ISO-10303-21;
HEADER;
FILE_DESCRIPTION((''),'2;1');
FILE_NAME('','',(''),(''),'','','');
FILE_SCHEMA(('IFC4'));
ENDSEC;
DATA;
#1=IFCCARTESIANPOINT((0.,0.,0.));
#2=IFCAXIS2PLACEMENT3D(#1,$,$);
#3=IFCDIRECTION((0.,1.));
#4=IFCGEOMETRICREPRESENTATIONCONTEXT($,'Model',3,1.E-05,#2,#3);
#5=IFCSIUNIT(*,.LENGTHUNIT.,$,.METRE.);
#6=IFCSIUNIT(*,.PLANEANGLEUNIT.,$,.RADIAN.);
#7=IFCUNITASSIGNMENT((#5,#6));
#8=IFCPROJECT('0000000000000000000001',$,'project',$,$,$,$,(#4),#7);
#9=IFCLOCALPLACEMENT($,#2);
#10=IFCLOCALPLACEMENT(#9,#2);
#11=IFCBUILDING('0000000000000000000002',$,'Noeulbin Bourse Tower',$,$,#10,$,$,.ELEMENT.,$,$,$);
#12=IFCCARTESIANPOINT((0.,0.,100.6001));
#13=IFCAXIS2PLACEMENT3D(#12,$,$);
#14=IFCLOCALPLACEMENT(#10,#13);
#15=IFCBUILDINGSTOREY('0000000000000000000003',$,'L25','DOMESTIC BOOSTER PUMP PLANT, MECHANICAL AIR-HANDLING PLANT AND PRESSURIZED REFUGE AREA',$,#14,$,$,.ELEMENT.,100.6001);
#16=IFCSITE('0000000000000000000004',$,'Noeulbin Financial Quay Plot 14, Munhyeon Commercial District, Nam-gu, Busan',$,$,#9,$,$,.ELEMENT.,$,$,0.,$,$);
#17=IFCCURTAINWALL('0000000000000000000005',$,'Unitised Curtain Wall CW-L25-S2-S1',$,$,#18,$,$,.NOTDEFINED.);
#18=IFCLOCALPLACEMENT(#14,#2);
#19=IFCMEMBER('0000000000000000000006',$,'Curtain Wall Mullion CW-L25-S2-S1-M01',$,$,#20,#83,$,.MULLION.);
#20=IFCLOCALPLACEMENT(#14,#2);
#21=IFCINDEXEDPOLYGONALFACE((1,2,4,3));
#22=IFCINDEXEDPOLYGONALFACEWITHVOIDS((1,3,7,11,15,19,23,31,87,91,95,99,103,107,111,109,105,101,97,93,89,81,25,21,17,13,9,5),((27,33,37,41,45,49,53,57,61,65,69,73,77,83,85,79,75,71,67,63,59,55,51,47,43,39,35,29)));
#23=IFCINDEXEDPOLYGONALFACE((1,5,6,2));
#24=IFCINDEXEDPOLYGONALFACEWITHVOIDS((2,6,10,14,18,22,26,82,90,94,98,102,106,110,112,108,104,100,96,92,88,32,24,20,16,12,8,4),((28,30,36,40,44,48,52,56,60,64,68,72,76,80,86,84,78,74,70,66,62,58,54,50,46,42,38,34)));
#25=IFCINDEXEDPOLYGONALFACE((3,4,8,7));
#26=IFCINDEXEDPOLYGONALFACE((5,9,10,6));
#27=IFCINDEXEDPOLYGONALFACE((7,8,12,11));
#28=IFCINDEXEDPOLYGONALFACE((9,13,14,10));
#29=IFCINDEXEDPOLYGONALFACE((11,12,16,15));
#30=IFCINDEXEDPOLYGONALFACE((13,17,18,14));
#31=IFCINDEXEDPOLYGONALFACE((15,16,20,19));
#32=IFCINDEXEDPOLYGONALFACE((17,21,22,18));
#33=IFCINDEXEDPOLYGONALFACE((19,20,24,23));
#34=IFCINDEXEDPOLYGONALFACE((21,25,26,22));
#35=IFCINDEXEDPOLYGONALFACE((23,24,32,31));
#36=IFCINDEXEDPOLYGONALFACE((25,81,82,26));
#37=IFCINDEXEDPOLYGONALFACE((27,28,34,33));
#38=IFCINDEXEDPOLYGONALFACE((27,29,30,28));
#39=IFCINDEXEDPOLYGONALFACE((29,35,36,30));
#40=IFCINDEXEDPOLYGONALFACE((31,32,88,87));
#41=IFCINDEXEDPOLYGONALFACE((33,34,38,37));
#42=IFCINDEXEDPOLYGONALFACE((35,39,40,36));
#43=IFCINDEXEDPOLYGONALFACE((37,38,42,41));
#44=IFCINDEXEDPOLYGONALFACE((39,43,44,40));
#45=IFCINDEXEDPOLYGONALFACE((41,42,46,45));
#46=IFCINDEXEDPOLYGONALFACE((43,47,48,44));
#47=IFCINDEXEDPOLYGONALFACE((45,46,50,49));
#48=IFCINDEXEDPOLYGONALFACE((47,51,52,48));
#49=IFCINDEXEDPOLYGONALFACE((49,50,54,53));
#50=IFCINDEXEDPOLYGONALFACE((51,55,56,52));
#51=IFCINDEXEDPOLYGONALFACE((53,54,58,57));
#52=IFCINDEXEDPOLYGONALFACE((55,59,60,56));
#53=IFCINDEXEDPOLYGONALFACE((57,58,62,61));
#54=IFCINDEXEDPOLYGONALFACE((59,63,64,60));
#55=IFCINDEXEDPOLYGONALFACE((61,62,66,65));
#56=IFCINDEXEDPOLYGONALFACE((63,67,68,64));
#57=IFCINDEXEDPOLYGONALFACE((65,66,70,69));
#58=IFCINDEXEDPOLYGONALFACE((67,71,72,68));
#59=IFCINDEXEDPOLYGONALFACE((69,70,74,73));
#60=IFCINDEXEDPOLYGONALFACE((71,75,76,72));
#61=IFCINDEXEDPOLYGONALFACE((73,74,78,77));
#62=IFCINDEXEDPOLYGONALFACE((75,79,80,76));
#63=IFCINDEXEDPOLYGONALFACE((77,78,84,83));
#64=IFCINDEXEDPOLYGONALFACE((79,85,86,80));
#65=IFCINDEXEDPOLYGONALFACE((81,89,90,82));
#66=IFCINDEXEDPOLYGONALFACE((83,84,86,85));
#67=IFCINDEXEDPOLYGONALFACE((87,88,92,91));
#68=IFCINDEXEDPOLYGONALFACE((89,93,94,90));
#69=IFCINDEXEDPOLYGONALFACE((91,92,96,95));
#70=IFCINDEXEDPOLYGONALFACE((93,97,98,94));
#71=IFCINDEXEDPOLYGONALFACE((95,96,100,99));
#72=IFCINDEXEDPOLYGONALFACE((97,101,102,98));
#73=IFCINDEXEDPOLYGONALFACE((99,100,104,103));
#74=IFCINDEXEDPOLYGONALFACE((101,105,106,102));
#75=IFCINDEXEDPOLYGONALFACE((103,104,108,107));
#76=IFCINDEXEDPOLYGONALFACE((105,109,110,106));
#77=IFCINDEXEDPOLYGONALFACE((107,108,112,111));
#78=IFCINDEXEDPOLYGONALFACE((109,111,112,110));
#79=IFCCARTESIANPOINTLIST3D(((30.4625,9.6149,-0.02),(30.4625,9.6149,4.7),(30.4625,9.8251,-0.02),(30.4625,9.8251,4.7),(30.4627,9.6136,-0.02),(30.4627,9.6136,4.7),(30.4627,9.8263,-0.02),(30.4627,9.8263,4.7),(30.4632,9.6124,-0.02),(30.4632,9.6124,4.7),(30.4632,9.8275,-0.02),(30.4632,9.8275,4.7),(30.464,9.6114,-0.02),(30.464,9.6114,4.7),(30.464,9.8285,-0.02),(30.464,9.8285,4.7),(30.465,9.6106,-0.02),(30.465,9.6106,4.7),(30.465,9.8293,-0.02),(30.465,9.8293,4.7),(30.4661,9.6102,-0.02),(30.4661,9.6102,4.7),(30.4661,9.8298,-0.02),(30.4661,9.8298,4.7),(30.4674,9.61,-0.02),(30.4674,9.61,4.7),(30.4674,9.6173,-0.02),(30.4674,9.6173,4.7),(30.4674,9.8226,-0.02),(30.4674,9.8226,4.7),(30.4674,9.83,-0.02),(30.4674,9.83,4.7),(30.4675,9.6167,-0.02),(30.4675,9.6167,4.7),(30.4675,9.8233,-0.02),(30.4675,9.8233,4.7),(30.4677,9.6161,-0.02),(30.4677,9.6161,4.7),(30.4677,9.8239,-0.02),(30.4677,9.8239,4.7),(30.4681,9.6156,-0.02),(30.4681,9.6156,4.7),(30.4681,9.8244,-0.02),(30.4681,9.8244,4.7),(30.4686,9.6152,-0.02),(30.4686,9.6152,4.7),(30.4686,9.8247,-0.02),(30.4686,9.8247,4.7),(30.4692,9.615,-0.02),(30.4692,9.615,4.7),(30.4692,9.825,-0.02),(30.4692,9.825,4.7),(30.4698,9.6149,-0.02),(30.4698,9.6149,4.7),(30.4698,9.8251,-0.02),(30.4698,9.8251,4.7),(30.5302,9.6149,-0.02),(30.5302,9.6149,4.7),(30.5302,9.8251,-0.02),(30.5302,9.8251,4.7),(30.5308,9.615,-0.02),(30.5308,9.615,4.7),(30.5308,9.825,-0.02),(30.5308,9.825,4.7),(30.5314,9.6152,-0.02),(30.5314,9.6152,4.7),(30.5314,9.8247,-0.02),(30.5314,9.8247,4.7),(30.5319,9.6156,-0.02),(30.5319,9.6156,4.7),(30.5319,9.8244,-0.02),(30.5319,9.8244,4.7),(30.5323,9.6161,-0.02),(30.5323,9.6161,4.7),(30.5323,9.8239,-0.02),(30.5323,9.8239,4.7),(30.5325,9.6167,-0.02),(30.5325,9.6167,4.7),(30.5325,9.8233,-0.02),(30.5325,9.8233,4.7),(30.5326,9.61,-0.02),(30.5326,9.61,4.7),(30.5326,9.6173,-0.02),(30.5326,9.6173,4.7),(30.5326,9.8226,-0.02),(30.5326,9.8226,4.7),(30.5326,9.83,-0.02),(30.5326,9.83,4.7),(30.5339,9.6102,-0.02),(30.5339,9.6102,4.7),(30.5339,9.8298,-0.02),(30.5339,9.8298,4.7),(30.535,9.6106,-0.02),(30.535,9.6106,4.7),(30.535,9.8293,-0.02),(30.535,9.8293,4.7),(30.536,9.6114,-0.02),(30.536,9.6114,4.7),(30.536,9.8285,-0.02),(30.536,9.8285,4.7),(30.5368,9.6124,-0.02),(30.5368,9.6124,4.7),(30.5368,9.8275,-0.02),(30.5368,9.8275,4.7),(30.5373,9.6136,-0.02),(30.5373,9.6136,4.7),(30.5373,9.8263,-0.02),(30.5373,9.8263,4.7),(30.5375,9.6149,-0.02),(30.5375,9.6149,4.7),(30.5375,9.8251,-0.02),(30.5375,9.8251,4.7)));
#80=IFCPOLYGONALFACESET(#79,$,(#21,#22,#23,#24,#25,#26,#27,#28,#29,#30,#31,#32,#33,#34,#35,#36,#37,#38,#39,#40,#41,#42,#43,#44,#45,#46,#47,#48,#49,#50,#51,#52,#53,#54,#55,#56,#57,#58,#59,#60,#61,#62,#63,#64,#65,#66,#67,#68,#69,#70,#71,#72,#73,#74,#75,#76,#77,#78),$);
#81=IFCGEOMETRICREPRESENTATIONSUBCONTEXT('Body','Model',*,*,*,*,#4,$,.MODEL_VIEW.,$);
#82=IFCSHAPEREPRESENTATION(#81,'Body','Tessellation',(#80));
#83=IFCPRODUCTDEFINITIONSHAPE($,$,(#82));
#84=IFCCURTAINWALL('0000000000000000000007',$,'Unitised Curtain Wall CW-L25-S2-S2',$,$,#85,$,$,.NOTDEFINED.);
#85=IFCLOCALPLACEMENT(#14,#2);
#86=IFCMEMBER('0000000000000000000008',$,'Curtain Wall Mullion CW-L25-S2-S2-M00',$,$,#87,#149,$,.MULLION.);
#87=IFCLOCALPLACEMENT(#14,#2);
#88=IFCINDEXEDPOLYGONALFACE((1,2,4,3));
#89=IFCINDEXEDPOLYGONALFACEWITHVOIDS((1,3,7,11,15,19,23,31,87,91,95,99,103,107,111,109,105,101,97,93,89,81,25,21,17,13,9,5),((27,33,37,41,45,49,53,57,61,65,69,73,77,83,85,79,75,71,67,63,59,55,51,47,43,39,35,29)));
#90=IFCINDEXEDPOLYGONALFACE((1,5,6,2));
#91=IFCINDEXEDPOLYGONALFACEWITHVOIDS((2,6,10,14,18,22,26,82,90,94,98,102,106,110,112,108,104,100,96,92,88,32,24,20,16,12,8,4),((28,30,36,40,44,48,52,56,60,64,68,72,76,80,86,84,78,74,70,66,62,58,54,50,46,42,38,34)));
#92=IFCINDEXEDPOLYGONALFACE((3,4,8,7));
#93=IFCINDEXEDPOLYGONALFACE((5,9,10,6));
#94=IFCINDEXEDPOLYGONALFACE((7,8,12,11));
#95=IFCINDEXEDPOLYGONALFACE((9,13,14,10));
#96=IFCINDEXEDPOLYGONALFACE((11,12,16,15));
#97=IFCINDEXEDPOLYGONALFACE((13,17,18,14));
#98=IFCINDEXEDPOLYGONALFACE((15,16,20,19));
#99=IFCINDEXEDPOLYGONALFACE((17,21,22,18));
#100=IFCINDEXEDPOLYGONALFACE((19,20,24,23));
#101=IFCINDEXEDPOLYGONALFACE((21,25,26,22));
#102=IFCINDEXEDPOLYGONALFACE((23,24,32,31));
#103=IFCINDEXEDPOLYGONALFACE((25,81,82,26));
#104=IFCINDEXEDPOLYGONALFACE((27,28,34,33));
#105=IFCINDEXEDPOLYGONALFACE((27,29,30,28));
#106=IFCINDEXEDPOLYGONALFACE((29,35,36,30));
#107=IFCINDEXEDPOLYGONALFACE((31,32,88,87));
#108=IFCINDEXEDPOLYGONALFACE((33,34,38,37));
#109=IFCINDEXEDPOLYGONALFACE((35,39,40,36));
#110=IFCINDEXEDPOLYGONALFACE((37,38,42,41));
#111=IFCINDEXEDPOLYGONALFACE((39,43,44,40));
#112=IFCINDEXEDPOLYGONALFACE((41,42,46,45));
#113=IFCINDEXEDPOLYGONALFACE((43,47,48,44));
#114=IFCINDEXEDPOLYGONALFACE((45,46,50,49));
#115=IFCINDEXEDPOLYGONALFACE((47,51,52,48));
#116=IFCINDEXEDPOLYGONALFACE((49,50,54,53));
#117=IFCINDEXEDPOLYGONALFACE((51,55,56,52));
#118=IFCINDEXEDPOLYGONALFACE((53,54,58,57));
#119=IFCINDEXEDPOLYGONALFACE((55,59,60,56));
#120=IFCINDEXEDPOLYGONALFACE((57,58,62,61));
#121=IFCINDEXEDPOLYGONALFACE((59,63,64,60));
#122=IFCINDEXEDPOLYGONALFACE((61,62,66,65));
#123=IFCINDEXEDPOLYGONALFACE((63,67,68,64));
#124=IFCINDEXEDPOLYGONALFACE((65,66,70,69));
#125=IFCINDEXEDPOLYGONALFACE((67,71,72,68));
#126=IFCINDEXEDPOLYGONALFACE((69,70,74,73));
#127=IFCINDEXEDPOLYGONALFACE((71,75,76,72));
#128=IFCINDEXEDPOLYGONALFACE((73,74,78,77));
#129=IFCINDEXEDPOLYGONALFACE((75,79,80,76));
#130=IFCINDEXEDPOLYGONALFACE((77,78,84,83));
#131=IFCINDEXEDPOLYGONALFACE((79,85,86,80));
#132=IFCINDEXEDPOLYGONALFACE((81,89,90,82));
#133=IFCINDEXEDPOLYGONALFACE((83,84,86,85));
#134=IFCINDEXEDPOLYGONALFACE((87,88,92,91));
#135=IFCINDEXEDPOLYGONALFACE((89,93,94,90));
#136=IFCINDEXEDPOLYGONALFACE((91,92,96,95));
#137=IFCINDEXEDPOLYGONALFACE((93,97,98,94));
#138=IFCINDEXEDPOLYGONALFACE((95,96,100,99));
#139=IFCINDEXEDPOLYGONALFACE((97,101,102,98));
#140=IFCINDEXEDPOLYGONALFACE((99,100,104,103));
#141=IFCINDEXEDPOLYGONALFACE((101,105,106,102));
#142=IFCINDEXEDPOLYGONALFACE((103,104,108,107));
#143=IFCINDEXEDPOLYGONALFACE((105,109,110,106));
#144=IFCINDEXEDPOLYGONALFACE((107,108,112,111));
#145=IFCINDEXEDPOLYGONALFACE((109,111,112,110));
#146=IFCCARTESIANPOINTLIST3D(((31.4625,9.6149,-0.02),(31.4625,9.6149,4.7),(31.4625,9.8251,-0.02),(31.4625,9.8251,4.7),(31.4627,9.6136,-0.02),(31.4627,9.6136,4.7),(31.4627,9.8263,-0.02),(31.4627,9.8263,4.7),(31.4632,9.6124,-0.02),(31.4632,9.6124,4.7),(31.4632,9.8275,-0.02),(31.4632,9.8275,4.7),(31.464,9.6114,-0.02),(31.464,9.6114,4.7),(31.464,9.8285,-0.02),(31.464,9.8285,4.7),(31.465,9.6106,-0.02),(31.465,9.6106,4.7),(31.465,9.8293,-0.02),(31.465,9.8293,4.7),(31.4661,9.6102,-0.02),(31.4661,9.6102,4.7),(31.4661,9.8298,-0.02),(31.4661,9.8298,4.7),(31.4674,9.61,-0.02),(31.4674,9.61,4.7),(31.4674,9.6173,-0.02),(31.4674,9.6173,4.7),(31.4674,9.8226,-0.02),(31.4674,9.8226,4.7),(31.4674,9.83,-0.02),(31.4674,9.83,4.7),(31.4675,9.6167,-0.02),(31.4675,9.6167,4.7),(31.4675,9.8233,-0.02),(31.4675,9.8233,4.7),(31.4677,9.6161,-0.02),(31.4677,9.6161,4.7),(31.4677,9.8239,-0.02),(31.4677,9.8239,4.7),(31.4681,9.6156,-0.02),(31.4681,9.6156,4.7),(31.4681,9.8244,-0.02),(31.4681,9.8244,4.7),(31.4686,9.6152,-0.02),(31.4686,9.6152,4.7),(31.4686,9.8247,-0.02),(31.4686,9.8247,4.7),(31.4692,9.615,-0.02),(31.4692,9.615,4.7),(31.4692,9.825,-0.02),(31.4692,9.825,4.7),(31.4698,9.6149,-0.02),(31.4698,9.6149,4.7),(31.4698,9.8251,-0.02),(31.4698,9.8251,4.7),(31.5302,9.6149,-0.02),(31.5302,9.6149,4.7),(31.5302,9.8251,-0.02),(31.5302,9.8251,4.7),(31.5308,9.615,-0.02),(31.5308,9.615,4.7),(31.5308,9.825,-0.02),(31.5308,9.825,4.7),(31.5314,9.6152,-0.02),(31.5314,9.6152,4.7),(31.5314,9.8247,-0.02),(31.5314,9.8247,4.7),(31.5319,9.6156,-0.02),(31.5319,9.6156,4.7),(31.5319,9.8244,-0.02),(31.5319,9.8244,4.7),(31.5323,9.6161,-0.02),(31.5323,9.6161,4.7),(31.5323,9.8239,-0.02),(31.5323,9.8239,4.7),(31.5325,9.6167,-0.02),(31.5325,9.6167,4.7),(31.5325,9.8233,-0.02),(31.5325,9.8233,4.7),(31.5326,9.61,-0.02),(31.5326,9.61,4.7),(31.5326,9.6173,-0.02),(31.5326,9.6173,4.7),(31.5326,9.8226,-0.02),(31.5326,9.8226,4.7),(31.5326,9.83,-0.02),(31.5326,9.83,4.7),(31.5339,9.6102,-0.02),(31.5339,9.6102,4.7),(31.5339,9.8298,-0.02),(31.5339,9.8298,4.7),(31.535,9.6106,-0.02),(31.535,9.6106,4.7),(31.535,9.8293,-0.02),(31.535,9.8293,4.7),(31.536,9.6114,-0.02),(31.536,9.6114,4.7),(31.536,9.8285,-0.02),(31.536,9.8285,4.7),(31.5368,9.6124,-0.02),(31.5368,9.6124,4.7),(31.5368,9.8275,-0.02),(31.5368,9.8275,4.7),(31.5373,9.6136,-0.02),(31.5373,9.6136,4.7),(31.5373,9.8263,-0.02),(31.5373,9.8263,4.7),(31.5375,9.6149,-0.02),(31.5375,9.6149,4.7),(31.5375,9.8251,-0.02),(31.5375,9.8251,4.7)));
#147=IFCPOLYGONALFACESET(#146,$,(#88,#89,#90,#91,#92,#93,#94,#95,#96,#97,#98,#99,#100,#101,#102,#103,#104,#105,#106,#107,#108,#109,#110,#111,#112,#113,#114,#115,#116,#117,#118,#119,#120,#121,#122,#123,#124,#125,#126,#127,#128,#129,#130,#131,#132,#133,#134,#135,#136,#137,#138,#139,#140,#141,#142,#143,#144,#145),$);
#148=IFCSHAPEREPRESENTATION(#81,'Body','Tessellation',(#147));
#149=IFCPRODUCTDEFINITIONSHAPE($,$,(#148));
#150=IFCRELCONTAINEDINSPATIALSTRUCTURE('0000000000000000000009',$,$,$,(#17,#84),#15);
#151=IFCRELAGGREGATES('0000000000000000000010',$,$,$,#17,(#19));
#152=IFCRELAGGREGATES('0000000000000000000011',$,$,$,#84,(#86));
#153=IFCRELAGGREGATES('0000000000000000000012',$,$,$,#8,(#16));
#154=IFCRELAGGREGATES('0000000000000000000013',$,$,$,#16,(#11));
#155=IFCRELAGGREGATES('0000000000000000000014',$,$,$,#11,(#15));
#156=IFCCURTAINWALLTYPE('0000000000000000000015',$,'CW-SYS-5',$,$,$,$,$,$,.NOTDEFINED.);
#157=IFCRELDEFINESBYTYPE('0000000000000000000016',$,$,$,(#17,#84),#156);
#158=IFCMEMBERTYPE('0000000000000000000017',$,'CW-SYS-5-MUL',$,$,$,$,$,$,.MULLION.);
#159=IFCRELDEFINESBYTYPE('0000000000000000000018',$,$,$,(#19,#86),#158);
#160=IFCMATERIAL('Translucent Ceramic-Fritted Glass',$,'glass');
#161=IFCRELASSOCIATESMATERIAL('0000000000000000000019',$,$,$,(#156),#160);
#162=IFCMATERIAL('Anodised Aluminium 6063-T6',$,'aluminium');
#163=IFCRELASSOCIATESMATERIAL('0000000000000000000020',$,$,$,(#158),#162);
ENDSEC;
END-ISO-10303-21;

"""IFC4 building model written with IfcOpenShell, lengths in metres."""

from ifc_helpers import new_model, si_unit, direction, frame, origin, origin_2d, place, context, subcontext, project, spatial, hollow_rectangle, extrude, material, material_profile, profile_set, type_object, element, aggregate, save


model = new_model("IFC4")

# Units and contexts
model_context = context("Model", 3, precision=1e-05, world=origin(), true_north=direction((0.0, 1.0)))
body_context = subcontext(model_context, "Body", "Model", "MODEL_VIEW")
ifc_project = project(units=[si_unit("LENGTHUNIT", "METRE"), si_unit("PLANEANGLEUNIT", "RADIAN")], contexts=[model_context])

# Site, building, storey
site_placement = place(None, origin())
site = spatial("IfcSite", under=ifc_project, at=site_placement, Name="Noeulbin Financial Quay Plot 14, Munhyeon Commercial District, Nam-gu, Busan", CompositionType="ELEMENT", RefElevation=0.0)
building_placement = place(site_placement, origin())
building = spatial("IfcBuilding", under=site, at=building_placement, Name="Noeulbin Bourse Tower", CompositionType="ELEMENT")
storey_placement = place(building_placement, frame((0.0, 0.0, 100.6001)))
storey = spatial("IfcBuildingStorey", under=building, at=storey_placement, Name="L25", Description="DOMESTIC BOOSTER PUMP PLANT, MECHANICAL AIR-HANDLING PLANT AND PRESSURIZED REFUGE AREA", CompositionType="ELEMENT", Elevation=100.6001)

# Curtain wall, member
ifc_material_1 = material(Name="Translucent Ceramic-Fritted Glass", Category="glass")
curtain_wall_type = type_object("IfcCurtainWallType", Name="CW-SYS-5", PredefinedType="NOTDEFINED", material=ifc_material_1)
curtain_wall_1_placement = place(storey_placement, origin())
curtain_wall_1 = element("IfcCurtainWall", 1, at=curtain_wall_1_placement, inside=storey, type_object=curtain_wall_type, Name="Unitised Curtain Wall CW-L25-S2-S1", PredefinedType="NOTDEFINED")
ifc_material_2 = material(Name="Anodised Aluminium 6063-T6", Category="aluminium")
ifc_material_profile_1 = material_profile(ifc_material_2, hollow_rectangle(XDim=0.075, YDim=0.22, WallThickness=0.0049, InnerFilletRadius=0.0024, OuterFilletRadius=0.0049, at=origin_2d()), Name="ALU-MULL-75x220x5", Category="LoadBearing")
ifc_profile_set_1 = profile_set([ifc_material_profile_1], Name="Anodised Aluminium 6063-T6")
member_type_1 = type_object("IfcMemberType", Name="CW-SYS-5-MUL", PredefinedType="MULLION", material=ifc_profile_set_1)
member_1_placement = place(storey_placement, frame((30.5, 9.72, -0.02), z_axis=(0.0, 0.0, 1.0), x_axis=(1.0, 0.0, 0.0)))
member_1 = element("IfcMember", 2, at=member_1_placement, type_object=member_type_1, Name="Curtain Wall Mullion CW-L25-S2-S1-M01", PredefinedType="MULLION", context=body_context, shape_type="SweptSolid", body=[
    extrude(hollow_rectangle(XDim=0.075, YDim=0.22, WallThickness=0.0049, InnerFilletRadius=0.0024, OuterFilletRadius=0.0049, at=origin_2d()), origin(), (0.0, 0.0, 1.0), 4.72),
])

# Curtain wall, member
curtain_wall_2_placement = place(storey_placement, origin())
curtain_wall_2 = element("IfcCurtainWall", 3, at=curtain_wall_2_placement, inside=storey, type_object=curtain_wall_type, Name="Unitised Curtain Wall CW-L25-S2-S2", PredefinedType="NOTDEFINED")
member_2_placement = place(storey_placement, frame((31.5, 9.72, -0.02), z_axis=(0.0, 0.0, 1.0), x_axis=(1.0, 0.0, 0.0)))
member_2 = element("IfcMember", 4, at=member_2_placement, type_object=member_type_1, Name="Curtain Wall Mullion CW-L25-S2-S2-M00", PredefinedType="MULLION", context=body_context, shape_type="SweptSolid", body=[
    extrude(hollow_rectangle(XDim=0.075, YDim=0.22, WallThickness=0.0049, InnerFilletRadius=0.0024, OuterFilletRadius=0.0049, at=origin_2d()), origin(), (0.0, 0.0, 1.0), 4.72),
])

aggregate(curtain_wall_1, [member_1])
aggregate(curtain_wall_2, [member_2])

save(model, "model.ifc")
